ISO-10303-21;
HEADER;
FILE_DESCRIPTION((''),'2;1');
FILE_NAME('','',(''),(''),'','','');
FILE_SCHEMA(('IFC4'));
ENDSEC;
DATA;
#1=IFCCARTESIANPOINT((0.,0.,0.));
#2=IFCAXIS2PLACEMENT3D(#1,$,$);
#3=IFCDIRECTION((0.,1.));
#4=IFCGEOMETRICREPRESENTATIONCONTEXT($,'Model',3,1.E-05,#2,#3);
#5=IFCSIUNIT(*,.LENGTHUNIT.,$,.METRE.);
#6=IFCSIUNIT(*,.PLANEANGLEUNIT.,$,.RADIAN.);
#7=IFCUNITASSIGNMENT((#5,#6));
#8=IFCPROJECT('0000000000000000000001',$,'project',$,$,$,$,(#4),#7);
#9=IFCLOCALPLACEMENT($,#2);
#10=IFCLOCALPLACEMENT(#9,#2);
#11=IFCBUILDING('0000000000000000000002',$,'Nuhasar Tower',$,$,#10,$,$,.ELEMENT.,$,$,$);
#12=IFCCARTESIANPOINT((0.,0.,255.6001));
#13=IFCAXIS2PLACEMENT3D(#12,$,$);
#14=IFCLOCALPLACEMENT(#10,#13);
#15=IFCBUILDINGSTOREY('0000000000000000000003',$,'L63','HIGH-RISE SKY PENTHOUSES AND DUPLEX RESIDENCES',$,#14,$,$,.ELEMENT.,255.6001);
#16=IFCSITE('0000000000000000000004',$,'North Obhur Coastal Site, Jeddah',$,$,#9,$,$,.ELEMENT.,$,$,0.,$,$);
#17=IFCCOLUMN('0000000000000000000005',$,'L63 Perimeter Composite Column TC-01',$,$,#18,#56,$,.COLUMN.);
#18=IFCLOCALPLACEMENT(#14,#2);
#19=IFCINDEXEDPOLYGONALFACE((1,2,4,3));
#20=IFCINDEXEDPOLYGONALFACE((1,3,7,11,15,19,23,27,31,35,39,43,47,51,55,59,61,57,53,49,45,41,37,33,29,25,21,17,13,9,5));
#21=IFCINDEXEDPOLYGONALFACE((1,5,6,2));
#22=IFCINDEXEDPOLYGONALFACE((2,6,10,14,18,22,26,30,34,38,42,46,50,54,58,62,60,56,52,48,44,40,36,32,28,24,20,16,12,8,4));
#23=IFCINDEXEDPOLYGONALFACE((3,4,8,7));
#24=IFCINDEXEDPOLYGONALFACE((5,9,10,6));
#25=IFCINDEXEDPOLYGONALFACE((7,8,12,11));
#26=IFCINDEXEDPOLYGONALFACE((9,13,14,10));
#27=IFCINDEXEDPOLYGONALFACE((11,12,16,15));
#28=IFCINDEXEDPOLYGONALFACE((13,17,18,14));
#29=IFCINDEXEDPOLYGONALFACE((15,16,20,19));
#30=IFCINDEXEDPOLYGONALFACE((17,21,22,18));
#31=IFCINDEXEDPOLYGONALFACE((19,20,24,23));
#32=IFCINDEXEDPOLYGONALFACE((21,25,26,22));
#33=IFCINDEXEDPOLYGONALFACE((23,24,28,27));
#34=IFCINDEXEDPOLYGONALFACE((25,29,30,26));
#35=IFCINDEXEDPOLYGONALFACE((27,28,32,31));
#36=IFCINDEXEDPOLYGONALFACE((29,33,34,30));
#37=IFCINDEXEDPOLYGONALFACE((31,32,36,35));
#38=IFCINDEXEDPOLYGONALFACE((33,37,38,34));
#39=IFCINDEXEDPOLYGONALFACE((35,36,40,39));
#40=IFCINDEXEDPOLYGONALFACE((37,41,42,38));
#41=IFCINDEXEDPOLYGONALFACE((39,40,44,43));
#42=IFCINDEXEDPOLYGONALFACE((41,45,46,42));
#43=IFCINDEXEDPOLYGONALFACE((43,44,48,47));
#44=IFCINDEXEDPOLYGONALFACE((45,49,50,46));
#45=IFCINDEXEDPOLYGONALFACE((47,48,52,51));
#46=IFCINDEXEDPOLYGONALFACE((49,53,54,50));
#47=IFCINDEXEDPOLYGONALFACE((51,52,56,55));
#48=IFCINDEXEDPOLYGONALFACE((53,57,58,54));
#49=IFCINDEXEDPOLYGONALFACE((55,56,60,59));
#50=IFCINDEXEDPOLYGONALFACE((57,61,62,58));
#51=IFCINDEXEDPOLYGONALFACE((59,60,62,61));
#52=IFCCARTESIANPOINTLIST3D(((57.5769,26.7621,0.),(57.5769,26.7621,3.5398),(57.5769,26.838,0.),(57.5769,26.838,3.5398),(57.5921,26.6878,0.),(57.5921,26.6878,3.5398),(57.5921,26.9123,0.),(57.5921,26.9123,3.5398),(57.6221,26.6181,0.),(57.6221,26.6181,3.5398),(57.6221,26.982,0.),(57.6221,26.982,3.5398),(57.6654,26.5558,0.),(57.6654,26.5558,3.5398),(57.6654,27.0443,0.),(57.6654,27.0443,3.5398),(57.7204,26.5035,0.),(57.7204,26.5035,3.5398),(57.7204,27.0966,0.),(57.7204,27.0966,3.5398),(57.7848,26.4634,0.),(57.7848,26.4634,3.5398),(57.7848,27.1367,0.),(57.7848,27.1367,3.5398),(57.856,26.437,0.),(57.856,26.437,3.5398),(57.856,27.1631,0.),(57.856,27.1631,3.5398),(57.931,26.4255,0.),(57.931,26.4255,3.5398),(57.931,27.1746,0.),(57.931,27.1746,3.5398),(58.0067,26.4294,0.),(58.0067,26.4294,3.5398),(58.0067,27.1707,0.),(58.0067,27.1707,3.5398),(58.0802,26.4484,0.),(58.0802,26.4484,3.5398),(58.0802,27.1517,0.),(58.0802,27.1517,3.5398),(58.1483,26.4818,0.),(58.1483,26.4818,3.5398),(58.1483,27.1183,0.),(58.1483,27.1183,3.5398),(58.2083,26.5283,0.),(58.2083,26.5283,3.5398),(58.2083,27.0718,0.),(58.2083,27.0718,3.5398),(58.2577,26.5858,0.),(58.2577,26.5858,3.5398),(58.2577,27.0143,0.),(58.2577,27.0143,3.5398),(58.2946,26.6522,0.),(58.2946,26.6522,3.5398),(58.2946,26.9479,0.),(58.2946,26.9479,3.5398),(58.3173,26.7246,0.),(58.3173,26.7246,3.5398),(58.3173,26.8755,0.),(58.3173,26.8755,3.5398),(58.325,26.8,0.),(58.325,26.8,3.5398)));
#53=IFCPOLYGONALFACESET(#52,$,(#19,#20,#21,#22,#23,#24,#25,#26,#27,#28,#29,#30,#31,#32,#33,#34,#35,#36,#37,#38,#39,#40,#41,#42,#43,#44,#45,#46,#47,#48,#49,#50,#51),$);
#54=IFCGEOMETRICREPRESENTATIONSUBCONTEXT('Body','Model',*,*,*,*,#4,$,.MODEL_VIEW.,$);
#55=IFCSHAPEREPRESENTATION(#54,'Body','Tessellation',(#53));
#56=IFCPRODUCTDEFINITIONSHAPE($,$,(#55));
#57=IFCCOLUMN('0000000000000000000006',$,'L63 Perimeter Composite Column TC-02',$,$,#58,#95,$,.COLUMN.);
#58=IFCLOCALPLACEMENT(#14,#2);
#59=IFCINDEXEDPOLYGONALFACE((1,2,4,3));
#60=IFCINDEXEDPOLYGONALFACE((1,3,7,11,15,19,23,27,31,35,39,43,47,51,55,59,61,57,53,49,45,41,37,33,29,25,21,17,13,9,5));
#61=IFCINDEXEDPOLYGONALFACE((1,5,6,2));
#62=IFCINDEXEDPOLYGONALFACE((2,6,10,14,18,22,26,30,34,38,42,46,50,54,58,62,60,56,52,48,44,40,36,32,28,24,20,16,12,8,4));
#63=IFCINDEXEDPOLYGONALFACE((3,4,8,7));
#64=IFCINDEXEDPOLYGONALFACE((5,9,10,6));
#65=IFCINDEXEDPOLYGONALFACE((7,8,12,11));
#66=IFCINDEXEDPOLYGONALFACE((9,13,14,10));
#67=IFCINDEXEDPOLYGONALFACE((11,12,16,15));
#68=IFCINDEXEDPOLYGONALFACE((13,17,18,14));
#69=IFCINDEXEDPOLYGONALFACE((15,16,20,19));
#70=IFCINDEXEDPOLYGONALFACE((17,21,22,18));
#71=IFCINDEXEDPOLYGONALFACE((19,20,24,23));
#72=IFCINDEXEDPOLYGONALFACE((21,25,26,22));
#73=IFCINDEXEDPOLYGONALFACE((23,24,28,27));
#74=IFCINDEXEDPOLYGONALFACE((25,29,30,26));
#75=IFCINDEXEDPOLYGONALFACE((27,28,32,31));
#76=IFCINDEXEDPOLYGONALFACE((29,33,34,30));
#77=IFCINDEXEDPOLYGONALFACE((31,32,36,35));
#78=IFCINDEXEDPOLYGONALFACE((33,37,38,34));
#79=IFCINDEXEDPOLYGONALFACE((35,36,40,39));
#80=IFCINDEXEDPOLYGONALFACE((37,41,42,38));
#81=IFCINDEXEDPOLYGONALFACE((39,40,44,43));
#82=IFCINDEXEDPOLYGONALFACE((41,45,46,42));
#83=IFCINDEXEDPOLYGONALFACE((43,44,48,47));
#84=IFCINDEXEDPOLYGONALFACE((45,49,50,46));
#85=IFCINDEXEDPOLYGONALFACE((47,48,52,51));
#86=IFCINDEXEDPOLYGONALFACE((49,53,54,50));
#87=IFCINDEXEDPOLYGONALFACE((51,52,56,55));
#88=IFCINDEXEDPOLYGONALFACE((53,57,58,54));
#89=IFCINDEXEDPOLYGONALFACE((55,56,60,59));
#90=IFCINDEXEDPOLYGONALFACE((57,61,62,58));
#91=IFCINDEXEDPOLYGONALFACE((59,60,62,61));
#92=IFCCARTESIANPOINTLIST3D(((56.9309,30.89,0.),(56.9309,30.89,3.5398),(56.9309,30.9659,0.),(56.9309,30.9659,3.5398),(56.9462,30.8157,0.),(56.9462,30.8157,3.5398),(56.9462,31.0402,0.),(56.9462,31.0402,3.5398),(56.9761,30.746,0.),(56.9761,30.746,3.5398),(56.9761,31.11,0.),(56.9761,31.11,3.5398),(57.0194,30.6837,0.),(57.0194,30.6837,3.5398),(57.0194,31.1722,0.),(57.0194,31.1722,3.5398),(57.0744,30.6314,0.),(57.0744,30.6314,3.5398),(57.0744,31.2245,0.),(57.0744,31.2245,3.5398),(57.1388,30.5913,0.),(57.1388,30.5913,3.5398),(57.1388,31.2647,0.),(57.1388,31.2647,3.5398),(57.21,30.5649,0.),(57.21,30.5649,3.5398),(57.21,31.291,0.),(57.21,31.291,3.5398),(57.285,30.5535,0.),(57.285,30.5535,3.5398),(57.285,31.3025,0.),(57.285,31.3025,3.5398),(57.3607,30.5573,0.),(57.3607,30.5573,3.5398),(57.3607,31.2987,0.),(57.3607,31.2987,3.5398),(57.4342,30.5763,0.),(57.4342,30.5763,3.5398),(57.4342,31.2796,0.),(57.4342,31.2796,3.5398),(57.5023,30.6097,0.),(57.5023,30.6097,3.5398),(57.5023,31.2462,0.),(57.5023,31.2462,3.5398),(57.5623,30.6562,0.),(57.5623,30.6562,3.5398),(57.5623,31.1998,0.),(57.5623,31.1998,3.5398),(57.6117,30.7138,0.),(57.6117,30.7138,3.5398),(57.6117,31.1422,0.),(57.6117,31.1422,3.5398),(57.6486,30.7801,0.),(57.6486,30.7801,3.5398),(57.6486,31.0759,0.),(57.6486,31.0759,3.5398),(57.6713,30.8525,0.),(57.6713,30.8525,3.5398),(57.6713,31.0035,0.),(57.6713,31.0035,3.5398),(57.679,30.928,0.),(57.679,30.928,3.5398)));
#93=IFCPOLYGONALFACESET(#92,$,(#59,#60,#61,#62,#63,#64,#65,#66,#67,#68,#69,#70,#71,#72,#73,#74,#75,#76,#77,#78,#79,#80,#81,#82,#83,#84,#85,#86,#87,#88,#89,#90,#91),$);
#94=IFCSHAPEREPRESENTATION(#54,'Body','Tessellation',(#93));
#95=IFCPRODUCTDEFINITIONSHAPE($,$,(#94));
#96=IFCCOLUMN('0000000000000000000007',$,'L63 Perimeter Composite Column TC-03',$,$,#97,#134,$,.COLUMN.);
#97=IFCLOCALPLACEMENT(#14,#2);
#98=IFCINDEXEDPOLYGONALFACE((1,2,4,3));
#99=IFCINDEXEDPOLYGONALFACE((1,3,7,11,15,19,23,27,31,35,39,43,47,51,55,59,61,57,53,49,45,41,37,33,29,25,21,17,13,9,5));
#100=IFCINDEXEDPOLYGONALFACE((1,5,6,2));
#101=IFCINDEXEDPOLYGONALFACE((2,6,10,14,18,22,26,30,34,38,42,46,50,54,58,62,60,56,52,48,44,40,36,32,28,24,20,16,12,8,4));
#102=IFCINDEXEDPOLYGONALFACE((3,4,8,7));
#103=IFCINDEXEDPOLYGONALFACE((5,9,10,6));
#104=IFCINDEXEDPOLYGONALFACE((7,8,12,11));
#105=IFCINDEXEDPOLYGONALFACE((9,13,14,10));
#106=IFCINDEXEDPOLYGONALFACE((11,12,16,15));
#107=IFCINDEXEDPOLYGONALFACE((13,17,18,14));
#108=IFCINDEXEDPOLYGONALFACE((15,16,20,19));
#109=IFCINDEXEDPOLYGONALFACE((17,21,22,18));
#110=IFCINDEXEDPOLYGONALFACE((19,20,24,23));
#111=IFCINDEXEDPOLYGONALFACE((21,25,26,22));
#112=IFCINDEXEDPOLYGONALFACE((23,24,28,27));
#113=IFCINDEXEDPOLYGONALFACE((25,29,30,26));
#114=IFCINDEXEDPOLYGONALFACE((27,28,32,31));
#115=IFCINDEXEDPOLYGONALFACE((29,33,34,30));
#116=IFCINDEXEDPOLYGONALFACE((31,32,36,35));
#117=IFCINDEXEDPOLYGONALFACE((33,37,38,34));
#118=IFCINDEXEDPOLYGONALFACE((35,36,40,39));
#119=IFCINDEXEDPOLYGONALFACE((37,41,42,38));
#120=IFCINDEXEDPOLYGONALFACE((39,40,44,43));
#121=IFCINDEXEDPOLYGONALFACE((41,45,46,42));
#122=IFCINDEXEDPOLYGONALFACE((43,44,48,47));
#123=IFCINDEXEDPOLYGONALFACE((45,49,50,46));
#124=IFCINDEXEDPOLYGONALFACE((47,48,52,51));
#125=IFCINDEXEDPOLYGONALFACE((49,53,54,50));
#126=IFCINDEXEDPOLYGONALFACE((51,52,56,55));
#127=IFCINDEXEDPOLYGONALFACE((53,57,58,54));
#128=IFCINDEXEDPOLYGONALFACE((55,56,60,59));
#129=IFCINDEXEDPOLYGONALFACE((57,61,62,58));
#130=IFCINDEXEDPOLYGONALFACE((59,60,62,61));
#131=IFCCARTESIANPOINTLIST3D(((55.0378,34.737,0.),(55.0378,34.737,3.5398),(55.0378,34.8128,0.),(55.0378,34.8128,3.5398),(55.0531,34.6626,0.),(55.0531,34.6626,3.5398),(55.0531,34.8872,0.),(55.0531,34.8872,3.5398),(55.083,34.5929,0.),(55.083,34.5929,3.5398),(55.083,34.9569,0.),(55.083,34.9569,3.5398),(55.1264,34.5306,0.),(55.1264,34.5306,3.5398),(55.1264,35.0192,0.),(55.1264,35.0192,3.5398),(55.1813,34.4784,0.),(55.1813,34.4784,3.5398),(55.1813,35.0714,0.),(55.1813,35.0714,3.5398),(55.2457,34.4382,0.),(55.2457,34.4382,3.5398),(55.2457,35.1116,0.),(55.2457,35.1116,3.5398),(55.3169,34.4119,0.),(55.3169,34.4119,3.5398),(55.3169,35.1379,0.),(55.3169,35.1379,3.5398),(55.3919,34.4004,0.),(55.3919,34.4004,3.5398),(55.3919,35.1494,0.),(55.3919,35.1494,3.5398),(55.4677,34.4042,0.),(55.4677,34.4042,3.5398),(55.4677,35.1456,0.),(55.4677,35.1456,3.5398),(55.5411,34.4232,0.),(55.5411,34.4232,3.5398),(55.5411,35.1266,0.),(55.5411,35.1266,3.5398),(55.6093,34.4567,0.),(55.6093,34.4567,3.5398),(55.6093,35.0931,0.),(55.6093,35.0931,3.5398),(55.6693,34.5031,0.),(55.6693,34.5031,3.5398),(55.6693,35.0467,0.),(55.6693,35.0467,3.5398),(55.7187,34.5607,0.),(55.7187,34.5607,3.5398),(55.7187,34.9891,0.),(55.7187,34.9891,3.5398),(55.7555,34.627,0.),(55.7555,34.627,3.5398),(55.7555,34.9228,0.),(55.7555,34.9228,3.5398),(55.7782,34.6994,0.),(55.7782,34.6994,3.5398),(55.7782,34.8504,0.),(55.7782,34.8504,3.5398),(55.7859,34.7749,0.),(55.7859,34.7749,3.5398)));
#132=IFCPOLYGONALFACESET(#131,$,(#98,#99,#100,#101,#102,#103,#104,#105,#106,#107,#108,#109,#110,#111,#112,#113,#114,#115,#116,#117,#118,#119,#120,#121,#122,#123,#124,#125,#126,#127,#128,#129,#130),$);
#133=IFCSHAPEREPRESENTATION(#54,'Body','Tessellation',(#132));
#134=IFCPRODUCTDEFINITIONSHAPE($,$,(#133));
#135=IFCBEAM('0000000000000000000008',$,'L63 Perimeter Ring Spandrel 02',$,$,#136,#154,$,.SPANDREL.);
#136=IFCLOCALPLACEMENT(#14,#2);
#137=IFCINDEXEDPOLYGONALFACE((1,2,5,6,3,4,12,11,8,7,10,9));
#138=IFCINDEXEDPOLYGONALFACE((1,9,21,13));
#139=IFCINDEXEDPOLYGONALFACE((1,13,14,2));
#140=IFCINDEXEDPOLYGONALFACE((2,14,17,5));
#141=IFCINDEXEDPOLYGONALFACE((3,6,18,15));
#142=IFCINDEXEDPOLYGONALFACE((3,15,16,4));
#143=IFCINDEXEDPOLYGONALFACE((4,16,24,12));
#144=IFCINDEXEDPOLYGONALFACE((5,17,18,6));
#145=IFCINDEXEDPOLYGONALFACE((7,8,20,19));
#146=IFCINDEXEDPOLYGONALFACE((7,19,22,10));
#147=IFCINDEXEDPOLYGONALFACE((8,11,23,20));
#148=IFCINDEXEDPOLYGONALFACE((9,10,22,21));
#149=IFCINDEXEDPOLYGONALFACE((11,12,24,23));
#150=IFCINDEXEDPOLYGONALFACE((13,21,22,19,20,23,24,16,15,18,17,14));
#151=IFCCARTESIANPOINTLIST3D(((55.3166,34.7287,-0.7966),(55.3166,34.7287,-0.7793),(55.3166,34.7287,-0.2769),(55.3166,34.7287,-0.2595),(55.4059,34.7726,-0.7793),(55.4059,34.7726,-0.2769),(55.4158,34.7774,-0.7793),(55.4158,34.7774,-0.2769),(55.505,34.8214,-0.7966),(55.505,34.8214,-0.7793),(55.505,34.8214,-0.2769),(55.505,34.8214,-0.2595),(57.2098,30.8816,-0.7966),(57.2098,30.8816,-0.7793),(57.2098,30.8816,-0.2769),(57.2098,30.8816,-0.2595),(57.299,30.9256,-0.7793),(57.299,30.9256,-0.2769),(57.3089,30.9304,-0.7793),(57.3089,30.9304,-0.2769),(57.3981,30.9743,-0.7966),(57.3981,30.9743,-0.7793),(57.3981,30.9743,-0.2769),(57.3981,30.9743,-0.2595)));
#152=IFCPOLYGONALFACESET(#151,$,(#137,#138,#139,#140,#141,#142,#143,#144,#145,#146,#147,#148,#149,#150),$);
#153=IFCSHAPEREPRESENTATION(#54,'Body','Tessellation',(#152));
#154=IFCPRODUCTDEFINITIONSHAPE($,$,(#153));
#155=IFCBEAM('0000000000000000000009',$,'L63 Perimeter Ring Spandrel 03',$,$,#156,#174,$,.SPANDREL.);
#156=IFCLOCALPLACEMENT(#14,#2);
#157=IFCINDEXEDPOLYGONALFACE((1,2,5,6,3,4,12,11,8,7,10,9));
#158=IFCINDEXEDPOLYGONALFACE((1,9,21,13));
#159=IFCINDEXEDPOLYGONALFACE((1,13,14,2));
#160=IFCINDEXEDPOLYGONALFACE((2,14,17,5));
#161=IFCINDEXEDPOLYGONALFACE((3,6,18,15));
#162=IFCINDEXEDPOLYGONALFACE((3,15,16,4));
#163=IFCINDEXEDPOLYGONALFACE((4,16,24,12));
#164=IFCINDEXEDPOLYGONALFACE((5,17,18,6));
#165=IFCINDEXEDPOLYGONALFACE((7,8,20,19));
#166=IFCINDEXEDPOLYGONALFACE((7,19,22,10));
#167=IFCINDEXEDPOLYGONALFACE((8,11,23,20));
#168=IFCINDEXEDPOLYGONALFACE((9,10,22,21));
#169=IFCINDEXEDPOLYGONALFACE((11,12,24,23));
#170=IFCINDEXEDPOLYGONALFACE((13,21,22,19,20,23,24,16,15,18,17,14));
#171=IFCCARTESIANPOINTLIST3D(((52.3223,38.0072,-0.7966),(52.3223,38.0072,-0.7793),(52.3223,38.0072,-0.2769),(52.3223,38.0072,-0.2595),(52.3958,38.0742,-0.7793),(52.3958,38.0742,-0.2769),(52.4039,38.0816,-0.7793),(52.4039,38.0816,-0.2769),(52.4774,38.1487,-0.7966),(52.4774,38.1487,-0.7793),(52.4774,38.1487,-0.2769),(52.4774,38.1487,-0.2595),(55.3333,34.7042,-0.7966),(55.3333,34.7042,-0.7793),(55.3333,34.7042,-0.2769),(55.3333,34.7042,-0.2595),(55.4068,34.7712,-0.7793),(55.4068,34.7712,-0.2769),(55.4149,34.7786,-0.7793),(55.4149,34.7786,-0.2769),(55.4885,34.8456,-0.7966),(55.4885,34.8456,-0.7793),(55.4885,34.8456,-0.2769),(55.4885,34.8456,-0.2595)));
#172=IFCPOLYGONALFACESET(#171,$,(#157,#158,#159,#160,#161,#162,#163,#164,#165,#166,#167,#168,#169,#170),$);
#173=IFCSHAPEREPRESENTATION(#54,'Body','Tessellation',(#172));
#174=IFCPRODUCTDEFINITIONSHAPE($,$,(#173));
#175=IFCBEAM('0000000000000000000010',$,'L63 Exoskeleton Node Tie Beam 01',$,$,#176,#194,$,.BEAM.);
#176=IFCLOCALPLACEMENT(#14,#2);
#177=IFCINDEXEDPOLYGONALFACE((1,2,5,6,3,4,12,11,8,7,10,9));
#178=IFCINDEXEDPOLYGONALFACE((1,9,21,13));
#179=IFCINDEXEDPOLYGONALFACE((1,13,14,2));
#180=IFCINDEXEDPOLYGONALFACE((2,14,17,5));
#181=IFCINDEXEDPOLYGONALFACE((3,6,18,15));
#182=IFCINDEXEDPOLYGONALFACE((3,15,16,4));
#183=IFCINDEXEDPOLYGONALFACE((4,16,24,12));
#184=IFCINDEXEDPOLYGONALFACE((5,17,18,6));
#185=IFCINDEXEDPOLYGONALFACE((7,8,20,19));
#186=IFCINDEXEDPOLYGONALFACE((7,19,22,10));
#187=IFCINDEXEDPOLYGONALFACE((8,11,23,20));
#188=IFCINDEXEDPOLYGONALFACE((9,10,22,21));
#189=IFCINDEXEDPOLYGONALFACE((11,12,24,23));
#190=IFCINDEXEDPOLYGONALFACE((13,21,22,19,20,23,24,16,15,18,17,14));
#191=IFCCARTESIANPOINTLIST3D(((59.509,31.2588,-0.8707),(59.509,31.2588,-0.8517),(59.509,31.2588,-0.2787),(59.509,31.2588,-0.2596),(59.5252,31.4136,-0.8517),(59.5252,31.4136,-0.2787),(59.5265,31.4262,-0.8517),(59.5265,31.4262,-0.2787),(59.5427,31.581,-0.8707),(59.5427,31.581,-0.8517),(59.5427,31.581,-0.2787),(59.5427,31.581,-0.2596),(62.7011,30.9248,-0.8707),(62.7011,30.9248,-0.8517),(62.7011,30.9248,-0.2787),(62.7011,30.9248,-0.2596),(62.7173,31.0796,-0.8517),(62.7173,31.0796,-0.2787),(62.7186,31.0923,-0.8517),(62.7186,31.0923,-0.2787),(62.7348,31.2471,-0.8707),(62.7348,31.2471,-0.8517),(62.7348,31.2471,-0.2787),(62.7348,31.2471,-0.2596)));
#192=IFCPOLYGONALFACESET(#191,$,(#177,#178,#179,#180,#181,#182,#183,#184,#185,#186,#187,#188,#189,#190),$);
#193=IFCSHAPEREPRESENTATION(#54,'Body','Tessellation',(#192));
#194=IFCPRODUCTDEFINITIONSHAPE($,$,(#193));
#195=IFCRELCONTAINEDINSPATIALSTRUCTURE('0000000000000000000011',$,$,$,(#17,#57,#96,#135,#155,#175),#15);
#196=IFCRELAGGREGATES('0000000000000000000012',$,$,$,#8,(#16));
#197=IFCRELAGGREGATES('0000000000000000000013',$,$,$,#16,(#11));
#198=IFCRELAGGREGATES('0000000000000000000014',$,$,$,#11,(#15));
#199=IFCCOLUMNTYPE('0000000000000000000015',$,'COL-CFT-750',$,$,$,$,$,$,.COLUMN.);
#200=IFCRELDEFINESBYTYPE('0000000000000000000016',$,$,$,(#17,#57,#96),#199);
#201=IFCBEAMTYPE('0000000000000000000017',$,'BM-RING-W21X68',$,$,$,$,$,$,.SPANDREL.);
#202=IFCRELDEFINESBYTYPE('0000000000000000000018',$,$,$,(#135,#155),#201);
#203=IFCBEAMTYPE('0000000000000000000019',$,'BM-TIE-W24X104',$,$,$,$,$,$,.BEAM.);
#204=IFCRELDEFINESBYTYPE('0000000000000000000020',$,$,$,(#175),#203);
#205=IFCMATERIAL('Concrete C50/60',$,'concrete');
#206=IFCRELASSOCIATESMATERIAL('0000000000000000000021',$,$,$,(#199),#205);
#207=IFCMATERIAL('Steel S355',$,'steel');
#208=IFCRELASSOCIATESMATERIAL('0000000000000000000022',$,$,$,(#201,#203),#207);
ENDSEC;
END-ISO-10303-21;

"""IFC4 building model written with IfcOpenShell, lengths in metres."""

from ifc_helpers import new_model, si_unit, direction, frame, origin, origin_2d, place, context, subcontext, project, spatial, circle, i_section, extrude, material, material_profile, profile_set, type_object, element, save


model = new_model("IFC4")

# Units and contexts
model_context = context("Model", 3, precision=1e-05, world=origin(), true_north=direction((0.0, 1.0)))
body_context = subcontext(model_context, "Body", "Model", "MODEL_VIEW")
ifc_project = project(units=[si_unit("LENGTHUNIT", "METRE"), si_unit("PLANEANGLEUNIT", "RADIAN")], contexts=[model_context])

# Site, building, storey
site_placement = place(None, origin())
site = spatial("IfcSite", under=ifc_project, at=site_placement, Name="North Obhur Coastal Site, Jeddah", CompositionType="ELEMENT", RefElevation=0.0)
building_placement = place(site_placement, origin())
building = spatial("IfcBuilding", under=site, at=building_placement, Name="Nuhasar Tower", CompositionType="ELEMENT")
storey_placement = place(building_placement, frame((0.0, 0.0, 255.6001)))
storey = spatial("IfcBuildingStorey", under=building, at=storey_placement, Name="L63", Description="HIGH-RISE SKY PENTHOUSES AND DUPLEX RESIDENCES", CompositionType="ELEMENT", Elevation=255.6001)

# Columns
ifc_material_1 = material(Name="Concrete C50/60", Category="concrete")
ifc_material_profile_1 = material_profile(ifc_material_1, circle(Radius=0.375, at=origin_2d()), Name="CFT750")
ifc_profile_set_1 = profile_set([ifc_material_profile_1], Name="Concrete C50/60")
column_type = type_object("IfcColumnType", Name="COL-CFT-750", PredefinedType="COLUMN", material=ifc_profile_set_1)
for number, where, z_axis, x_axis, name in (
    (1, (57.95, 26.8, 0.0), (0.0, 0.0, 1.0), (1.0, 0.0, 0.0), "L63 Perimeter Composite Column TC-01"),
    (2, (57.304, 30.928, 0.0), (0.0, 0.0, 1.0), (1.0, 0.0, 0.0), "L63 Perimeter Composite Column TC-02"),
    (3, (55.4109, 34.7749, 0.0), (0.0, 0.0, 1.0), (1.0, 0.0, 0.0), "L63 Perimeter Composite Column TC-03"),
):
    element("IfcColumn", number, at=place(storey_placement, frame(where, z_axis=z_axis, x_axis=x_axis)), inside=storey, type_object=column_type, Name=name, PredefinedType="COLUMN", context=body_context, shape_type="SweptSolid", body=[
        extrude(circle(Radius=0.375, at=origin_2d()), origin(), (0.0, 0.0, 1.0), 3.5398),
    ])

# Beams
ifc_material_2 = material(Name="Steel S355", Category="steel")
ifc_material_profile_2 = material_profile(ifc_material_2, i_section(OverallWidth=0.21, OverallDepth=0.5371, WebThickness=0.011, FlangeThickness=0.0173, at=origin_2d()), Name="W21X68")
ifc_profile_set_2 = profile_set([ifc_material_profile_2], Name="Steel S355")
beam_type_1 = type_object("IfcBeamType", Name="BM-RING-W21X68", PredefinedType="SPANDREL", material=ifc_profile_set_2)
beam_1_placement = place(storey_placement, frame((57.304, 30.928, -0.5281), z_axis=(-0.441533, 0.897245, 0.0), x_axis=(-0.897245, -0.441533, 0.0)))
element("IfcBeam", 4, at=beam_1_placement, inside=storey, type_object=beam_type_1, Name="L63 Perimeter Ring Spandrel 02", PredefinedType="SPANDREL", context=body_context, shape_type="SweptSolid", body=[
    extrude(i_section(OverallWidth=0.21, OverallDepth=0.5371, WebThickness=0.011, FlangeThickness=0.0173, at=origin_2d()), origin(), (0.0, 0.0, 1.0), 4.2876),
])
beam_2_placement = place(storey_placement, frame((55.4109, 34.7749, -0.5281), z_axis=(-0.673686, 0.739017, 0.0), x_axis=(-0.739017, -0.673686, 0.0)))
element("IfcBeam", 5, at=beam_2_placement, inside=storey, type_object=beam_type_1, Name="L63 Perimeter Ring Spandrel 03", PredefinedType="SPANDREL", context=body_context, shape_type="SweptSolid", body=[
    extrude(i_section(OverallWidth=0.21, OverallDepth=0.5371, WebThickness=0.011, FlangeThickness=0.0173, at=origin_2d()), origin(), (0.0, 0.0, 1.0), 4.4695),
])
ifc_material_profile_3 = material_profile(ifc_material_2, i_section(OverallWidth=0.324, OverallDepth=0.6111, WebThickness=0.0127, FlangeThickness=0.019, at=origin_2d()), Name="W24X104")
ifc_profile_set_3 = profile_set([ifc_material_profile_3], Name="Steel S355")
beam_type_2 = type_object("IfcBeamType", Name="BM-TIE-W24X104", PredefinedType="BEAM", material=ifc_profile_set_3)
beam_3_placement = place(storey_placement, frame((59.5259, 31.4199, -0.5652), z_axis=(0.994571, -0.104059, 0.0), x_axis=(0.104059, 0.994571, 0.0)))
element("IfcBeam", 6, at=beam_3_placement, inside=storey, type_object=beam_type_2, Name="L63 Exoskeleton Node Tie Beam 01", PredefinedType="BEAM", context=body_context, shape_type="SweptSolid", body=[
    extrude(i_section(OverallWidth=0.324, OverallDepth=0.6111, WebThickness=0.0127, FlangeThickness=0.019, at=origin_2d()), origin(), (0.0, 0.0, 1.0), 3.2095),
])

save(model, "model.ifc")
